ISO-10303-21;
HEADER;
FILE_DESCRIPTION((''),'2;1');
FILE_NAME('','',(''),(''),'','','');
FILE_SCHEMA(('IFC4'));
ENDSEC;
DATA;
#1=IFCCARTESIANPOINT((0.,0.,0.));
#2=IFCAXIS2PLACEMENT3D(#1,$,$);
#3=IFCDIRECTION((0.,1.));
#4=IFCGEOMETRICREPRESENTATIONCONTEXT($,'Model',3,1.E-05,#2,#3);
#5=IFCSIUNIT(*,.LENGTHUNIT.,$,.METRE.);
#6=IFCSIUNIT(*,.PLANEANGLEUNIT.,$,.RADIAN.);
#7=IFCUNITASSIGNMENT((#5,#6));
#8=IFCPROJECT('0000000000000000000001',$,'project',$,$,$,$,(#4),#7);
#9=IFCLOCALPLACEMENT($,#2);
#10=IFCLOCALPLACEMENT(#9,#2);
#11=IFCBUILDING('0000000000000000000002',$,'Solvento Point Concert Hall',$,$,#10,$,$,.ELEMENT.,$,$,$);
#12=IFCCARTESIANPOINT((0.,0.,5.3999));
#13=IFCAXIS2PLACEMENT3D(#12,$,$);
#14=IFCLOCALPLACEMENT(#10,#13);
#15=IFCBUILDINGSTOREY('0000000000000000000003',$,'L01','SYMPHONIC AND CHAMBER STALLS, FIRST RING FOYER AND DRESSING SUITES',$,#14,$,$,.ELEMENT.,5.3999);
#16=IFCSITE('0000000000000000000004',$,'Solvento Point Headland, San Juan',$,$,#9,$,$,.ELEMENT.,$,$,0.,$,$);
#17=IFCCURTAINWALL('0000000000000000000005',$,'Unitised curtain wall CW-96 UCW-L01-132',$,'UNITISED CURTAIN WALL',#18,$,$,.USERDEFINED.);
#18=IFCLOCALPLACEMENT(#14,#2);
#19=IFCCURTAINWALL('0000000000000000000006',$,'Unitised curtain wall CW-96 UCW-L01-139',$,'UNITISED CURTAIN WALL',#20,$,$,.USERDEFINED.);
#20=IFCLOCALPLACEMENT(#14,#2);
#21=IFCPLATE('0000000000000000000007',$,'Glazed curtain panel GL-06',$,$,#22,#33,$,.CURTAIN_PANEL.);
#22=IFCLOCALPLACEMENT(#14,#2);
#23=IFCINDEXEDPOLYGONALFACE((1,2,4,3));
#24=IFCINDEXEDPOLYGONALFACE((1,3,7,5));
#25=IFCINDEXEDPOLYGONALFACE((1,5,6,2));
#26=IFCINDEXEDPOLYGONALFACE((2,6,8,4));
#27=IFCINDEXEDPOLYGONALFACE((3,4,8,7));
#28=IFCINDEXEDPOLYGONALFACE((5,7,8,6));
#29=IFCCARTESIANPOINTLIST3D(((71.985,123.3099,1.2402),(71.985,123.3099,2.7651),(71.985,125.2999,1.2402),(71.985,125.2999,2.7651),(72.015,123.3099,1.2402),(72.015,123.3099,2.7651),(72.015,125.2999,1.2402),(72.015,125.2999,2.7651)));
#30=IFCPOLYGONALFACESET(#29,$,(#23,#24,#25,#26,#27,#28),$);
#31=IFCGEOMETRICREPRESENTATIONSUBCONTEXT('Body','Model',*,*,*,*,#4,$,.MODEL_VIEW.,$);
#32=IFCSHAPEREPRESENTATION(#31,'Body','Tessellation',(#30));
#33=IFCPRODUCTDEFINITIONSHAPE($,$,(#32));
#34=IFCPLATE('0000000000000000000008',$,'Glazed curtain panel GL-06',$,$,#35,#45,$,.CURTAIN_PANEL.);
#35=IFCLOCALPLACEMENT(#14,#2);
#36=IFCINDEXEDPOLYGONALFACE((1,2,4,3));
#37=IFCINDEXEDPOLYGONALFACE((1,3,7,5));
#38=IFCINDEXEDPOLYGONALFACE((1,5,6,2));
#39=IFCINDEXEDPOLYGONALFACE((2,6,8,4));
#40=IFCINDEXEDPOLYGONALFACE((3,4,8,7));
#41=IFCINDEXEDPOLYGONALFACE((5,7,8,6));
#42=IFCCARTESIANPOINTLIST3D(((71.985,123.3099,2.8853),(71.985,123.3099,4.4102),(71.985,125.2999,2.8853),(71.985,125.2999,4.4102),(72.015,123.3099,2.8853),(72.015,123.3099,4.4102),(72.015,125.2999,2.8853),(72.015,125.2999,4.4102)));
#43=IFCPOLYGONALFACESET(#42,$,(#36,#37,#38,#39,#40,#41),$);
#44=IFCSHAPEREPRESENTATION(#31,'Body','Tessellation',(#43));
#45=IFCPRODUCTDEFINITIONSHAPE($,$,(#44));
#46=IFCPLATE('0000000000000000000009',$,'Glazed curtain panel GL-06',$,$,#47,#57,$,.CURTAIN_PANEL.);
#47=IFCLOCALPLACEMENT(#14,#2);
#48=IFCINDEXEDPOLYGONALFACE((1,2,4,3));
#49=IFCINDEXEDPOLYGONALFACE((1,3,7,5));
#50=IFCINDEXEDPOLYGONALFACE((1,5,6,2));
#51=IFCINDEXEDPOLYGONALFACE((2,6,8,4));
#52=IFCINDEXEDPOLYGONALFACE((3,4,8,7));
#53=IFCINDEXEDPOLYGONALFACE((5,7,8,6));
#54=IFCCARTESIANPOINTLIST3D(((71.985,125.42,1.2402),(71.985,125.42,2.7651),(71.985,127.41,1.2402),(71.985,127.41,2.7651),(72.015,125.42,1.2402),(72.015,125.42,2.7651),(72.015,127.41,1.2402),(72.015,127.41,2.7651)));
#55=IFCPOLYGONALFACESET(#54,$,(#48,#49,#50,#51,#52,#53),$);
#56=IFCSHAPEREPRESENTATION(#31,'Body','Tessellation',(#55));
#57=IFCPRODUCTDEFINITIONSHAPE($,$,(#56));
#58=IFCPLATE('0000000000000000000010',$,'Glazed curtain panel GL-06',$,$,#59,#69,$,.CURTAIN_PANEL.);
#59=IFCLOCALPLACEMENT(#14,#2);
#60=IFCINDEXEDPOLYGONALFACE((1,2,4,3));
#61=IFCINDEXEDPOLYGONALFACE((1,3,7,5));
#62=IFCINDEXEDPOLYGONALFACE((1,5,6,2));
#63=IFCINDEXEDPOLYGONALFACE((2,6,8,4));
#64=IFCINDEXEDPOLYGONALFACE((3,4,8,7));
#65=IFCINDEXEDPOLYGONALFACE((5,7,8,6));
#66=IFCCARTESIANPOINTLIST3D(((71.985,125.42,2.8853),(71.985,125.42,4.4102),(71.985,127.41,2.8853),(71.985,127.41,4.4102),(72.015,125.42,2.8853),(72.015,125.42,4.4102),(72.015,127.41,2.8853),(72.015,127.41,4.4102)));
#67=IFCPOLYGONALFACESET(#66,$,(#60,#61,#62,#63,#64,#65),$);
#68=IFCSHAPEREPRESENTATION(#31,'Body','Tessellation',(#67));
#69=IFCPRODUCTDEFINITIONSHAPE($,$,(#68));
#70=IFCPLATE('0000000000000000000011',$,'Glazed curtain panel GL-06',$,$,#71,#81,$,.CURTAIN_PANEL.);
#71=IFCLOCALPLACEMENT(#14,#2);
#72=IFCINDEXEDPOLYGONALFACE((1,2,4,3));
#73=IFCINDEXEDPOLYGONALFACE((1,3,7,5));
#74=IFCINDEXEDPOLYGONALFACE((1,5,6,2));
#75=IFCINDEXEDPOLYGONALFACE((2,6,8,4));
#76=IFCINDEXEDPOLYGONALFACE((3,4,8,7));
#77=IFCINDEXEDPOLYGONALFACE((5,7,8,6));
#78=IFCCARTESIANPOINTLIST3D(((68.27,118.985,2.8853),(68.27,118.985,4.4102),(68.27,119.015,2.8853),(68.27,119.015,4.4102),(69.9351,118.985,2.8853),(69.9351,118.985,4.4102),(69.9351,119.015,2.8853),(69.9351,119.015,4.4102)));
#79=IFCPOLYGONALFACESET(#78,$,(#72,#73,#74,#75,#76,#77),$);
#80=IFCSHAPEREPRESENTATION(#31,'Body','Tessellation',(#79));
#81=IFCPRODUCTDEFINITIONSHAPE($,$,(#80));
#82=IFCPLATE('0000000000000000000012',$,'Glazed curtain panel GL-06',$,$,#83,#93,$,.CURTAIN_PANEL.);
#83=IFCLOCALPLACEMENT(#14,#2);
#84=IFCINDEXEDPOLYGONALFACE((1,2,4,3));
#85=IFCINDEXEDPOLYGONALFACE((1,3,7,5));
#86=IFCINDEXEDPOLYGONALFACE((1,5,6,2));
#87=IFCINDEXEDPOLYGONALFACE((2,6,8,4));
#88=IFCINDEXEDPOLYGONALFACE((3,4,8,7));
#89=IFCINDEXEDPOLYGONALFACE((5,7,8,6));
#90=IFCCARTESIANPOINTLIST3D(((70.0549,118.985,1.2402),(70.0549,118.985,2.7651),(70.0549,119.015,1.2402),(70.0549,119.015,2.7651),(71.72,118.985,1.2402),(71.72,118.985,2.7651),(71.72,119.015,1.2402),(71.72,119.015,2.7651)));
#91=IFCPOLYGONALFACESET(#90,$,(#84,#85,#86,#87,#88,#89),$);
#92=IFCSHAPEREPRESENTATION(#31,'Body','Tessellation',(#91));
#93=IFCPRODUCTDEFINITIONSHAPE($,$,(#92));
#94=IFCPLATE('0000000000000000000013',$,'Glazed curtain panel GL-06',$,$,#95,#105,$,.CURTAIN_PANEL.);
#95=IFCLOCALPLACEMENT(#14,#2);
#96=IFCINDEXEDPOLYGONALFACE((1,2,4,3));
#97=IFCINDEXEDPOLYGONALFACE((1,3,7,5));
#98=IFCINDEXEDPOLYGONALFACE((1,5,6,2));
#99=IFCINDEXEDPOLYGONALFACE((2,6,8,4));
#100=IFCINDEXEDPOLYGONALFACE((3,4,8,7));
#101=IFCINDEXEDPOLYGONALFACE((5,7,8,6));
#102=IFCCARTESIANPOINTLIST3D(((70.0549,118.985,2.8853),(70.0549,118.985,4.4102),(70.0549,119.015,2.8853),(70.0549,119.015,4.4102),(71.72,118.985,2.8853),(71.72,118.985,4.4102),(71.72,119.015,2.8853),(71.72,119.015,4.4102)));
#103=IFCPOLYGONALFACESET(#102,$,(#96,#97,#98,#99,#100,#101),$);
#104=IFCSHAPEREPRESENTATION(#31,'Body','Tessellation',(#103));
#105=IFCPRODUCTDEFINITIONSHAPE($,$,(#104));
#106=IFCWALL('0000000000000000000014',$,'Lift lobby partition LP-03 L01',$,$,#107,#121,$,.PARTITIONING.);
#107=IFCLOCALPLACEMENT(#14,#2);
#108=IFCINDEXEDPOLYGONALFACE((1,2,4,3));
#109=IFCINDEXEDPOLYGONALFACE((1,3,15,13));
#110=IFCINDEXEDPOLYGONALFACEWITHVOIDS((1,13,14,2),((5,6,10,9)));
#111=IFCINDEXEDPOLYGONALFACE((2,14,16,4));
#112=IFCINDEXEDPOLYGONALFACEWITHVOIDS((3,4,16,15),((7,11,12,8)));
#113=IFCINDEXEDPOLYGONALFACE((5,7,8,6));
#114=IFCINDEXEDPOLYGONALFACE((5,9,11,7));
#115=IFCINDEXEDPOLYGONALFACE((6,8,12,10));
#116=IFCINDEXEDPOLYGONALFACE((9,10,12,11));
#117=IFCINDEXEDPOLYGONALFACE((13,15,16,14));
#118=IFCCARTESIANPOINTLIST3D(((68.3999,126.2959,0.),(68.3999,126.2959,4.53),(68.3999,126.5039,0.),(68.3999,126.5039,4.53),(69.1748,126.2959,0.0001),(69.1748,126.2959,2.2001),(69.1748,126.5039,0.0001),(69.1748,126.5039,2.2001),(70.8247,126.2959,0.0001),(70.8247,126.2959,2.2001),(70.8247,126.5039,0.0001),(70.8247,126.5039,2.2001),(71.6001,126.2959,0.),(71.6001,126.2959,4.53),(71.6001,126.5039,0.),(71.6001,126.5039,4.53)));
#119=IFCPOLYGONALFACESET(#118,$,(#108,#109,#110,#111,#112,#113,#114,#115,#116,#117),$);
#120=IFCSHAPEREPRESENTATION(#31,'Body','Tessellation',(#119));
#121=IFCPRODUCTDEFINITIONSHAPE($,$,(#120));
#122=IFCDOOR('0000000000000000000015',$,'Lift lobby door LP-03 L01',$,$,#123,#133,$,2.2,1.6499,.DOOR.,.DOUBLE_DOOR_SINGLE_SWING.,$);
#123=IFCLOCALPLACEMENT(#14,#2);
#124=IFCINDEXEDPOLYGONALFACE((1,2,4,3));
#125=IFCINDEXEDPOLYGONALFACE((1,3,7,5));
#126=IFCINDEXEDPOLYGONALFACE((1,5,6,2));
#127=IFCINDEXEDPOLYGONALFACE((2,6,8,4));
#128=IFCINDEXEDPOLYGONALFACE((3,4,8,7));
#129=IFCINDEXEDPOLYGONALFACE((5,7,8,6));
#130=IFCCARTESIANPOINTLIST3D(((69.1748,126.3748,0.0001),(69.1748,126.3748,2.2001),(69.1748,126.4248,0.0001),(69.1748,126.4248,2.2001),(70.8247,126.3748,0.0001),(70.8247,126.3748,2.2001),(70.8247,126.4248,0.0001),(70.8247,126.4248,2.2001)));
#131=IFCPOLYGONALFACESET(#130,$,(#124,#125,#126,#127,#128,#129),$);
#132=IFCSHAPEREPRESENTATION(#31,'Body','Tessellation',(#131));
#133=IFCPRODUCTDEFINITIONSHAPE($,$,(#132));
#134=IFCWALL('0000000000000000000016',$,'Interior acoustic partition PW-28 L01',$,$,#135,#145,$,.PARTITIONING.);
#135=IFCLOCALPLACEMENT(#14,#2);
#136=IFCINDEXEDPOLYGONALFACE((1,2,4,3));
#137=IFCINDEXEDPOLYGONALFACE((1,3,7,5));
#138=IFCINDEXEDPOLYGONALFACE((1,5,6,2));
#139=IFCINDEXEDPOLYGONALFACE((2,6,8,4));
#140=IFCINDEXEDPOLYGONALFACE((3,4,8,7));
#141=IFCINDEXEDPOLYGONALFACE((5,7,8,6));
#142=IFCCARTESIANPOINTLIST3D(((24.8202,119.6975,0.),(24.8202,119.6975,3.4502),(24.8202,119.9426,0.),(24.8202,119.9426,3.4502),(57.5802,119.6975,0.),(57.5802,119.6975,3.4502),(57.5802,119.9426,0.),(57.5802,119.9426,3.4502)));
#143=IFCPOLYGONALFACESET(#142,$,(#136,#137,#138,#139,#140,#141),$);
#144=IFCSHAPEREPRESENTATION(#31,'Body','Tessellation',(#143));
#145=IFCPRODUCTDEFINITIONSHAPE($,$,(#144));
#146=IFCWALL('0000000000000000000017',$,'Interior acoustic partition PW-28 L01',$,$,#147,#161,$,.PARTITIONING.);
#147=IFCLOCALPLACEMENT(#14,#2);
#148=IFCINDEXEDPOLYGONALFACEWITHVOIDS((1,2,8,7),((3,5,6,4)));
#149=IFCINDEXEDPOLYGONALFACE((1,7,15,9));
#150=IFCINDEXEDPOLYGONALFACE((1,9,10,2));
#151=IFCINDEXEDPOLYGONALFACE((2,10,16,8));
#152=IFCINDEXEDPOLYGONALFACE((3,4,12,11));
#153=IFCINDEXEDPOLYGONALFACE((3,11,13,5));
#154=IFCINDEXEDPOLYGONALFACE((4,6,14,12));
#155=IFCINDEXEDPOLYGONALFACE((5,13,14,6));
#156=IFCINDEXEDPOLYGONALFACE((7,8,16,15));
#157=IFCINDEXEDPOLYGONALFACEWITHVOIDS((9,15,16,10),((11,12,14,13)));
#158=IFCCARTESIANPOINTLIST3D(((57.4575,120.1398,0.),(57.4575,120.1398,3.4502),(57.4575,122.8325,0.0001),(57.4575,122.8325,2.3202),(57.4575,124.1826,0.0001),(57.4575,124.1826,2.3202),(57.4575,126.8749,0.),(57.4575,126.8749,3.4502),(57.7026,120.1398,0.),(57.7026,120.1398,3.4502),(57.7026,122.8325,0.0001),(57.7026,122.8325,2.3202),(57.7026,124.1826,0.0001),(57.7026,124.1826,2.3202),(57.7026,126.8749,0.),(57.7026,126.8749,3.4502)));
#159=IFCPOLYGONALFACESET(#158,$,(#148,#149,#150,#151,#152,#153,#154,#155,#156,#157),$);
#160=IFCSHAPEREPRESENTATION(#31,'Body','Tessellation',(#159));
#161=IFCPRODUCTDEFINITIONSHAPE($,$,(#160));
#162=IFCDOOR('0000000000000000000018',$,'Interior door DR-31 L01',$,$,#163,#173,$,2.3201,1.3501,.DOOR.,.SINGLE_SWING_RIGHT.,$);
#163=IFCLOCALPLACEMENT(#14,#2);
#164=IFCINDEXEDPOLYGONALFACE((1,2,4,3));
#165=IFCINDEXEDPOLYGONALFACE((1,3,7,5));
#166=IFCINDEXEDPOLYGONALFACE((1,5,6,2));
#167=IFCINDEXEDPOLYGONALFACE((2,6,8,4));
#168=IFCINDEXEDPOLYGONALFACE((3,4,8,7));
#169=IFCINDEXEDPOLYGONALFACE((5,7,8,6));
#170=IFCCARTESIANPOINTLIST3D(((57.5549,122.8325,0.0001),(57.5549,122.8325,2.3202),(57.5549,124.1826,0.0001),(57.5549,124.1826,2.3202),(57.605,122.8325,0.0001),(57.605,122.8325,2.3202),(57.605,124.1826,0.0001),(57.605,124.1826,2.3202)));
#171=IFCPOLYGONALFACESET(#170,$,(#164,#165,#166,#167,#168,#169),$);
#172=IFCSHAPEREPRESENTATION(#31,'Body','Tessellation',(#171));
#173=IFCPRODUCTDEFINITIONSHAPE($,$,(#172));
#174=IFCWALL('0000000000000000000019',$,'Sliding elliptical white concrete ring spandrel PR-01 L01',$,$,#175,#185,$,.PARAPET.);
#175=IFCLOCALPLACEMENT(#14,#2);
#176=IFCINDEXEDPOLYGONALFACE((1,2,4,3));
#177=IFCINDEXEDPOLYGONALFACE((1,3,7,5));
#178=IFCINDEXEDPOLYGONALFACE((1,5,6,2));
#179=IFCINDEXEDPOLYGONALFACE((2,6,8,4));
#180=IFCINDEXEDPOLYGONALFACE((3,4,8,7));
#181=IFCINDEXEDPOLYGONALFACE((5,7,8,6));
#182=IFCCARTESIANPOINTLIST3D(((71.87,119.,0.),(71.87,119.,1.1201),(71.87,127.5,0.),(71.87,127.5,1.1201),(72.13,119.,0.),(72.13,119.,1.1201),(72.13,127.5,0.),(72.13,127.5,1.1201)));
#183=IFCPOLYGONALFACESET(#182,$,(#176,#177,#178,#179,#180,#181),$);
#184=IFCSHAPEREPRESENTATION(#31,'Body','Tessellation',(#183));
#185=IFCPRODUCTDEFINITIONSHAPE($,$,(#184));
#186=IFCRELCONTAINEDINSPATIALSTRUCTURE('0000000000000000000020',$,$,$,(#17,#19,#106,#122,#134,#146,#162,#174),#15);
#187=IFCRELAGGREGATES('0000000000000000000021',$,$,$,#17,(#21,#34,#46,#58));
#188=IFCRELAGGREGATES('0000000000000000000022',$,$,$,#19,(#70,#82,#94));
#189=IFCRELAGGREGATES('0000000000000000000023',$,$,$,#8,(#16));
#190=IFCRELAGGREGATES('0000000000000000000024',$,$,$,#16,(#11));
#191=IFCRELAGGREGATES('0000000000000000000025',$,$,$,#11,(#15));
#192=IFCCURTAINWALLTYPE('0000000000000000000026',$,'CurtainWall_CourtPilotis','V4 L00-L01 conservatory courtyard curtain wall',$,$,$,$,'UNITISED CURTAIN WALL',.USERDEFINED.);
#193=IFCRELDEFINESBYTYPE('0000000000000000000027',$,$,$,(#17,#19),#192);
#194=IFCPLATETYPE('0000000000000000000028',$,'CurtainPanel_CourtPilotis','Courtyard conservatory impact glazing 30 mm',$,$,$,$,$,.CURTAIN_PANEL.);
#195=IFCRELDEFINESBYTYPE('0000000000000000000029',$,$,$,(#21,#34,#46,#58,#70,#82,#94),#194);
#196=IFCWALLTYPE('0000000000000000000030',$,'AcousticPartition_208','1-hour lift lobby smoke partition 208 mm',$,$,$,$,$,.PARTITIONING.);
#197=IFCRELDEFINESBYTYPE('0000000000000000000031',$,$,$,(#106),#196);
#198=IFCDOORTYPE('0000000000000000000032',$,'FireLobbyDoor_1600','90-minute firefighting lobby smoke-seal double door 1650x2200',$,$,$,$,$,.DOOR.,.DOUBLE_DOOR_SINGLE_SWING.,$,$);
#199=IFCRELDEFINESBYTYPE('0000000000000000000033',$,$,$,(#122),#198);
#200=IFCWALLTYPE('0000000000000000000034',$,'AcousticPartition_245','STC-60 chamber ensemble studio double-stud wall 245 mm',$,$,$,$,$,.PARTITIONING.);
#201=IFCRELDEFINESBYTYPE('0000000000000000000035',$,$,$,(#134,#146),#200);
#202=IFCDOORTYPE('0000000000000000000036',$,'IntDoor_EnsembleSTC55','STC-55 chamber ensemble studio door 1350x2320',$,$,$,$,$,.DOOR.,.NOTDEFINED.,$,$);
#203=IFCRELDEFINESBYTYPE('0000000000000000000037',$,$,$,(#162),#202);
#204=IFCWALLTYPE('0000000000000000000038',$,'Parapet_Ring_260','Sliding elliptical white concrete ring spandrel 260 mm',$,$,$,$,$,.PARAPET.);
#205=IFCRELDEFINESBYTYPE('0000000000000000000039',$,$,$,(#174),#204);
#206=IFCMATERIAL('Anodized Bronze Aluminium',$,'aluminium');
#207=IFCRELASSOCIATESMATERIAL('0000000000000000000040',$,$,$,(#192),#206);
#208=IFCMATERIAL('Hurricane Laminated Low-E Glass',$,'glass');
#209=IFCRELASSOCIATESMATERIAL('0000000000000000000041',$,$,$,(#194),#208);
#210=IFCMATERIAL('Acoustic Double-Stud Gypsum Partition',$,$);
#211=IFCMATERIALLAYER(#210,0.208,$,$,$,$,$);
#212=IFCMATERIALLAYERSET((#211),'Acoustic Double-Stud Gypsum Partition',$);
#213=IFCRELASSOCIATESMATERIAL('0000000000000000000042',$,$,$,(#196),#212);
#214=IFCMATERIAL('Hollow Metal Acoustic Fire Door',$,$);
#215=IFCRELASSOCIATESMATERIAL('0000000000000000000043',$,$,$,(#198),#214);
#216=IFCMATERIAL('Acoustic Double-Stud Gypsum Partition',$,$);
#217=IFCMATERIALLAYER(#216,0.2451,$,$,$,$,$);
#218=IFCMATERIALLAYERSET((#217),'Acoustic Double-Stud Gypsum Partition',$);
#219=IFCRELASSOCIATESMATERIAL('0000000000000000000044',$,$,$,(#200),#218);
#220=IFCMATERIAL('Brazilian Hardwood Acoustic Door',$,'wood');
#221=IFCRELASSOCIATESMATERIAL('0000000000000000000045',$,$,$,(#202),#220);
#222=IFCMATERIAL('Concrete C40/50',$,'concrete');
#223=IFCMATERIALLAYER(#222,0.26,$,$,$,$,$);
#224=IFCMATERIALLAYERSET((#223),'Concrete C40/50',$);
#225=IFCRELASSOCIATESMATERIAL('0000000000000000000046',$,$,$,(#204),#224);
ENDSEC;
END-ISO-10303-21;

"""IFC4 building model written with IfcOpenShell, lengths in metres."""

from ifc_helpers import new_model, si_unit, direction, frame, frame_2d, origin, origin_2d, place, context, subcontext, project, spatial, rectangle, extrude, material, layer, layer_set, type_object, element, fill, aggregate, save


model = new_model("IFC4")

# Units and contexts
model_context = context("Model", 3, precision=1e-05, world=origin(), true_north=direction((0.0, 1.0)))
body_context = subcontext(model_context, "Body", "Model", "MODEL_VIEW")
ifc_project = project(units=[si_unit("LENGTHUNIT", "METRE"), si_unit("PLANEANGLEUNIT", "RADIAN")], contexts=[model_context])

# Site, building, storey
site_placement = place(None, origin())
site = spatial("IfcSite", under=ifc_project, at=site_placement, Name="Solvento Point Headland, San Juan", CompositionType="ELEMENT", RefElevation=0.0)
building_placement = place(site_placement, origin())
building = spatial("IfcBuilding", under=site, at=building_placement, Name="Solvento Point Concert Hall", CompositionType="ELEMENT")
storey_placement = place(building_placement, frame((0.0, 0.0, 5.3999)))
storey = spatial("IfcBuildingStorey", under=building, at=storey_placement, Name="L01", Description="SYMPHONIC AND CHAMBER STALLS, FIRST RING FOYER AND DRESSING SUITES", CompositionType="ELEMENT", Elevation=5.3999)

# Curtain wall
ifc_material_1 = material(Name="Anodized Bronze Aluminium", Category="aluminium")
curtain_wall_type = type_object("IfcCurtainWallType", Name="CurtainWall_CourtPilotis", Description="V4 L00-L01 conservatory courtyard curtain wall", ElementType="UNITISED CURTAIN WALL", PredefinedType="USERDEFINED", material=ifc_material_1)
curtain_wall_1_placement = place(storey_placement, origin())
curtain_wall_1 = element("IfcCurtainWall", 1, at=curtain_wall_1_placement, inside=storey, type_object=curtain_wall_type, Name="Unitised curtain wall CW-96 UCW-L01-132", ObjectType="UNITISED CURTAIN WALL", PredefinedType="USERDEFINED")

# Curtain wall
curtain_wall_2_placement = place(storey_placement, origin())
curtain_wall_2 = element("IfcCurtainWall", 2, at=curtain_wall_2_placement, inside=storey, type_object=curtain_wall_type, Name="Unitised curtain wall CW-96 UCW-L01-139", ObjectType="UNITISED CURTAIN WALL", PredefinedType="USERDEFINED")

# Plates
ifc_material_2 = material(Name="Hurricane Laminated Low-E Glass", Category="glass")
plate_type = type_object("IfcPlateType", Name="CurtainPanel_CourtPilotis", Description="Courtyard conservatory impact glazing 30 mm", PredefinedType="CURTAIN_PANEL", material=ifc_material_2)
plate_1_placement = place(storey_placement, frame((72.0, 124.3049, 1.2402), z_axis=(0.0, 0.0, 1.0), x_axis=(0.0, 1.0, 0.0)))
plate_1 = element("IfcPlate", 3, at=plate_1_placement, type_object=plate_type, Name="Glazed curtain panel GL-06", PredefinedType="CURTAIN_PANEL", context=body_context, shape_type="SweptSolid", body=[
    extrude(rectangle(XDim=1.99, YDim=0.03, at=origin_2d()), origin(), (0.0, 0.0, 1.0), 1.5249),
])
plate_2_placement = place(storey_placement, frame((72.0, 124.3049, 2.8853), z_axis=(0.0, 0.0, 1.0), x_axis=(0.0, 1.0, 0.0)))
plate_2 = element("IfcPlate", 4, at=plate_2_placement, type_object=plate_type, Name="Glazed curtain panel GL-06", PredefinedType="CURTAIN_PANEL", context=body_context, shape_type="SweptSolid", body=[
    extrude(rectangle(XDim=1.99, YDim=0.03, at=origin_2d()), origin(), (0.0, 0.0, 1.0), 1.5249),
])
plate_3_placement = place(storey_placement, frame((72.0, 126.415, 1.2402), z_axis=(0.0, 0.0, 1.0), x_axis=(0.0, 1.0, 0.0)))
plate_3 = element("IfcPlate", 5, at=plate_3_placement, type_object=plate_type, Name="Glazed curtain panel GL-06", PredefinedType="CURTAIN_PANEL", context=body_context, shape_type="SweptSolid", body=[
    extrude(rectangle(XDim=1.99, YDim=0.03, at=origin_2d()), origin(), (0.0, 0.0, 1.0), 1.5249),
])
plate_4_placement = place(storey_placement, frame((72.0, 126.415, 2.8853), z_axis=(0.0, 0.0, 1.0), x_axis=(0.0, 1.0, 0.0)))
plate_4 = element("IfcPlate", 6, at=plate_4_placement, type_object=plate_type, Name="Glazed curtain panel GL-06", PredefinedType="CURTAIN_PANEL", context=body_context, shape_type="SweptSolid", body=[
    extrude(rectangle(XDim=1.99, YDim=0.03, at=origin_2d()), origin(), (0.0, 0.0, 1.0), 1.5249),
])
aggregate(curtain_wall_1, [plate_1, plate_2, plate_3, plate_4])
plate_5_placement = place(storey_placement, frame((69.1025, 119.0, 2.8853), z_axis=(0.0, 0.0, 1.0), x_axis=(1.0, 0.0, 0.0)))
plate_5 = element("IfcPlate", 7, at=plate_5_placement, type_object=plate_type, Name="Glazed curtain panel GL-06", PredefinedType="CURTAIN_PANEL", context=body_context, shape_type="SweptSolid", body=[
    extrude(rectangle(XDim=1.665, YDim=0.03, at=origin_2d()), origin(), (0.0, 0.0, 1.0), 1.5249),
])
plate_6_placement = place(storey_placement, frame((70.8875, 119.0, 1.2402), z_axis=(0.0, 0.0, 1.0), x_axis=(1.0, 0.0, 0.0)))
plate_6 = element("IfcPlate", 8, at=plate_6_placement, type_object=plate_type, Name="Glazed curtain panel GL-06", PredefinedType="CURTAIN_PANEL", context=body_context, shape_type="SweptSolid", body=[
    extrude(rectangle(XDim=1.665, YDim=0.03, at=origin_2d()), origin(), (0.0, 0.0, 1.0), 1.5249),
])
plate_7_placement = place(storey_placement, frame((70.8875, 119.0, 2.8853), z_axis=(0.0, 0.0, 1.0), x_axis=(1.0, 0.0, 0.0)))
plate_7 = element("IfcPlate", 9, at=plate_7_placement, type_object=plate_type, Name="Glazed curtain panel GL-06", PredefinedType="CURTAIN_PANEL", context=body_context, shape_type="SweptSolid", body=[
    extrude(rectangle(XDim=1.665, YDim=0.03, at=origin_2d()), origin(), (0.0, 0.0, 1.0), 1.5249),
])
aggregate(curtain_wall_2, [plate_5, plate_6, plate_7])

# Wall, opening, door
ifc_material_3 = material(Name="Acoustic Double-Stud Gypsum Partition")
ifc_layer_1 = layer(ifc_material_3, 0.208)
ifc_layer_set_1 = layer_set([ifc_layer_1], Name="Acoustic Double-Stud Gypsum Partition")
wall_type_1 = type_object("IfcWallType", Name="AcousticPartition_208", Description="1-hour lift lobby smoke partition 208 mm", PredefinedType="PARTITIONING", material=ifc_layer_set_1)
wall_1_placement = place(storey_placement, frame((68.3999, 126.3999, 0.0), z_axis=(0.0, 0.0, 1.0), x_axis=(1.0, 0.0, 0.0)))
wall_1 = element("IfcWall", 10, at=wall_1_placement, inside=storey, type_object=wall_type_1, Name="Lift lobby partition LP-03 L01", PredefinedType="PARTITIONING", context=body_context, shape_type="SweptSolid", body=[
    extrude(rectangle(XDim=3.2002, YDim=0.208, at=frame_2d((1.6001, 0.0))), origin(), (0.0, 0.0, 1.0), 4.53),
])
opening_1_placement = place(wall_1_placement, frame((0.7749, 0.0, 0.0)))
opening_1 = element("IfcOpeningElement", 11, at=opening_1_placement, cuts=wall_1, PredefinedType="OPENING", context=body_context, shape_type="SweptSolid", body=[
    extrude(rectangle(XDim=1.6499, YDim=2.2, at=frame_2d((0.825, 1.1001))), frame((0.0, 0.114, 0.0), z_axis=(0.0, -1.0, 0.0), x_axis=(1.0, 0.0, 0.0)), (0.0, 0.0, 1.0), 0.228),
])
ifc_material_4 = material(Name="Hollow Metal Acoustic Fire Door")
door_type_1 = type_object("IfcDoorType", Name="FireLobbyDoor_1600", Description="90-minute firefighting lobby smoke-seal double door 1650x2200", OperationType="DOUBLE_DOOR_SINGLE_SWING", PredefinedType="DOOR", material=ifc_material_4)
door_1_placement = place(opening_1_placement, origin())
door_1 = element("IfcDoor", 12, at=door_1_placement, inside=storey, type_object=door_type_1, Name="Lift lobby door LP-03 L01", OperationType="DOUBLE_DOOR_SINGLE_SWING", OverallHeight=2.2, OverallWidth=1.6499, PredefinedType="DOOR", context=body_context, shape_type="SweptSolid", body=[
    extrude(rectangle(XDim=1.6499, YDim=2.2, at=frame_2d((0.825, 1.1001))), frame((0.0, 0.0249, 0.0), z_axis=(0.0, -1.0, 0.0), x_axis=(1.0, 0.0, 0.0)), (0.0, 0.0, 1.0), 0.05),
])
fill(opening_1, door_1)

# Wall
ifc_material_5 = material(Name="Acoustic Double-Stud Gypsum Partition")
ifc_layer_2 = layer(ifc_material_5, 0.2451)
ifc_layer_set_2 = layer_set([ifc_layer_2], Name="Acoustic Double-Stud Gypsum Partition")
wall_type_2 = type_object("IfcWallType", Name="AcousticPartition_245", Description="STC-60 chamber ensemble studio double-stud wall 245 mm", PredefinedType="PARTITIONING", material=ifc_layer_set_2)
wall_2_placement = place(storey_placement, frame((57.5801, 119.8201, 0.0), z_axis=(0.0, 0.0, 1.0), x_axis=(-1.0, 0.0, 0.0)))
element("IfcWall", 13, at=wall_2_placement, inside=storey, type_object=wall_type_2, Name="Interior acoustic partition PW-28 L01", PredefinedType="PARTITIONING", context=body_context, shape_type="SweptSolid", body=[
    extrude(rectangle(XDim=32.76, YDim=0.2451, at=frame_2d((16.3799, 0.0))), origin(), (0.0, 0.0, 1.0), 3.4502),
])

# Wall, opening, door
wall_3_placement = place(storey_placement, frame((57.5801, 126.875, 0.0), z_axis=(0.0, 0.0, 1.0), x_axis=(0.0, -1.0, 0.0)))
wall_3 = element("IfcWall", 14, at=wall_3_placement, inside=storey, type_object=wall_type_2, Name="Interior acoustic partition PW-28 L01", PredefinedType="PARTITIONING", context=body_context, shape_type="SweptSolid", body=[
    extrude(rectangle(XDim=6.7351, YDim=0.2451, at=frame_2d((3.3677, 0.0))), origin(), (0.0, 0.0, 1.0), 3.4502),
])
opening_2_placement = place(wall_3_placement, frame((2.6924, 0.0, 0.0)))
opening_2 = element("IfcOpeningElement", 15, at=opening_2_placement, cuts=wall_3, PredefinedType="OPENING", context=body_context, shape_type="SweptSolid", body=[
    extrude(rectangle(XDim=1.3501, YDim=2.3201, at=frame_2d((0.675, 1.1602))), frame((0.0, 0.1326, 0.0), z_axis=(0.0, -1.0, 0.0), x_axis=(1.0, 0.0, 0.0)), (0.0, 0.0, 1.0), 0.2651),
])
ifc_material_6 = material(Name="Brazilian Hardwood Acoustic Door", Category="wood")
door_type_2 = type_object("IfcDoorType", Name="IntDoor_EnsembleSTC55", Description="STC-55 chamber ensemble studio door 1350x2320", OperationType="NOTDEFINED", PredefinedType="DOOR", material=ifc_material_6)
door_2_placement = place(opening_2_placement, origin())
door_2 = element("IfcDoor", 16, at=door_2_placement, inside=storey, type_object=door_type_2, Name="Interior door DR-31 L01", OperationType="SINGLE_SWING_RIGHT", OverallHeight=2.3201, OverallWidth=1.3501, PredefinedType="DOOR", context=body_context, shape_type="SweptSolid", body=[
    extrude(rectangle(XDim=1.3501, YDim=2.3201, at=frame_2d((0.675, 1.1602))), frame((0.0, 0.0249, 0.0), z_axis=(0.0, -1.0, 0.0), x_axis=(1.0, 0.0, 0.0)), (0.0, 0.0, 1.0), 0.05),
])
fill(opening_2, door_2)

# Wall
ifc_material_7 = material(Name="Concrete C40/50", Category="concrete")
ifc_layer_3 = layer(ifc_material_7, 0.26)
ifc_layer_set_3 = layer_set([ifc_layer_3], Name="Concrete C40/50")
wall_type_3 = type_object("IfcWallType", Name="Parapet_Ring_260", Description="Sliding elliptical white concrete ring spandrel 260 mm", PredefinedType="PARAPET", material=ifc_layer_set_3)
wall_4_placement = place(storey_placement, frame((72.0, 127.5, 0.0), z_axis=(0.0, 0.0, 1.0), x_axis=(0.0, -1.0, 0.0)))
element("IfcWall", 17, at=wall_4_placement, inside=storey, type_object=wall_type_3, Name="Sliding elliptical white concrete ring spandrel PR-01 L01", PredefinedType="PARAPET", context=body_context, shape_type="SweptSolid", body=[
    extrude(rectangle(XDim=8.5, YDim=0.26, at=frame_2d((4.25, 0.0))), origin(), (0.0, 0.0, 1.0), 1.1201),
])

save(model, "model.ifc")
